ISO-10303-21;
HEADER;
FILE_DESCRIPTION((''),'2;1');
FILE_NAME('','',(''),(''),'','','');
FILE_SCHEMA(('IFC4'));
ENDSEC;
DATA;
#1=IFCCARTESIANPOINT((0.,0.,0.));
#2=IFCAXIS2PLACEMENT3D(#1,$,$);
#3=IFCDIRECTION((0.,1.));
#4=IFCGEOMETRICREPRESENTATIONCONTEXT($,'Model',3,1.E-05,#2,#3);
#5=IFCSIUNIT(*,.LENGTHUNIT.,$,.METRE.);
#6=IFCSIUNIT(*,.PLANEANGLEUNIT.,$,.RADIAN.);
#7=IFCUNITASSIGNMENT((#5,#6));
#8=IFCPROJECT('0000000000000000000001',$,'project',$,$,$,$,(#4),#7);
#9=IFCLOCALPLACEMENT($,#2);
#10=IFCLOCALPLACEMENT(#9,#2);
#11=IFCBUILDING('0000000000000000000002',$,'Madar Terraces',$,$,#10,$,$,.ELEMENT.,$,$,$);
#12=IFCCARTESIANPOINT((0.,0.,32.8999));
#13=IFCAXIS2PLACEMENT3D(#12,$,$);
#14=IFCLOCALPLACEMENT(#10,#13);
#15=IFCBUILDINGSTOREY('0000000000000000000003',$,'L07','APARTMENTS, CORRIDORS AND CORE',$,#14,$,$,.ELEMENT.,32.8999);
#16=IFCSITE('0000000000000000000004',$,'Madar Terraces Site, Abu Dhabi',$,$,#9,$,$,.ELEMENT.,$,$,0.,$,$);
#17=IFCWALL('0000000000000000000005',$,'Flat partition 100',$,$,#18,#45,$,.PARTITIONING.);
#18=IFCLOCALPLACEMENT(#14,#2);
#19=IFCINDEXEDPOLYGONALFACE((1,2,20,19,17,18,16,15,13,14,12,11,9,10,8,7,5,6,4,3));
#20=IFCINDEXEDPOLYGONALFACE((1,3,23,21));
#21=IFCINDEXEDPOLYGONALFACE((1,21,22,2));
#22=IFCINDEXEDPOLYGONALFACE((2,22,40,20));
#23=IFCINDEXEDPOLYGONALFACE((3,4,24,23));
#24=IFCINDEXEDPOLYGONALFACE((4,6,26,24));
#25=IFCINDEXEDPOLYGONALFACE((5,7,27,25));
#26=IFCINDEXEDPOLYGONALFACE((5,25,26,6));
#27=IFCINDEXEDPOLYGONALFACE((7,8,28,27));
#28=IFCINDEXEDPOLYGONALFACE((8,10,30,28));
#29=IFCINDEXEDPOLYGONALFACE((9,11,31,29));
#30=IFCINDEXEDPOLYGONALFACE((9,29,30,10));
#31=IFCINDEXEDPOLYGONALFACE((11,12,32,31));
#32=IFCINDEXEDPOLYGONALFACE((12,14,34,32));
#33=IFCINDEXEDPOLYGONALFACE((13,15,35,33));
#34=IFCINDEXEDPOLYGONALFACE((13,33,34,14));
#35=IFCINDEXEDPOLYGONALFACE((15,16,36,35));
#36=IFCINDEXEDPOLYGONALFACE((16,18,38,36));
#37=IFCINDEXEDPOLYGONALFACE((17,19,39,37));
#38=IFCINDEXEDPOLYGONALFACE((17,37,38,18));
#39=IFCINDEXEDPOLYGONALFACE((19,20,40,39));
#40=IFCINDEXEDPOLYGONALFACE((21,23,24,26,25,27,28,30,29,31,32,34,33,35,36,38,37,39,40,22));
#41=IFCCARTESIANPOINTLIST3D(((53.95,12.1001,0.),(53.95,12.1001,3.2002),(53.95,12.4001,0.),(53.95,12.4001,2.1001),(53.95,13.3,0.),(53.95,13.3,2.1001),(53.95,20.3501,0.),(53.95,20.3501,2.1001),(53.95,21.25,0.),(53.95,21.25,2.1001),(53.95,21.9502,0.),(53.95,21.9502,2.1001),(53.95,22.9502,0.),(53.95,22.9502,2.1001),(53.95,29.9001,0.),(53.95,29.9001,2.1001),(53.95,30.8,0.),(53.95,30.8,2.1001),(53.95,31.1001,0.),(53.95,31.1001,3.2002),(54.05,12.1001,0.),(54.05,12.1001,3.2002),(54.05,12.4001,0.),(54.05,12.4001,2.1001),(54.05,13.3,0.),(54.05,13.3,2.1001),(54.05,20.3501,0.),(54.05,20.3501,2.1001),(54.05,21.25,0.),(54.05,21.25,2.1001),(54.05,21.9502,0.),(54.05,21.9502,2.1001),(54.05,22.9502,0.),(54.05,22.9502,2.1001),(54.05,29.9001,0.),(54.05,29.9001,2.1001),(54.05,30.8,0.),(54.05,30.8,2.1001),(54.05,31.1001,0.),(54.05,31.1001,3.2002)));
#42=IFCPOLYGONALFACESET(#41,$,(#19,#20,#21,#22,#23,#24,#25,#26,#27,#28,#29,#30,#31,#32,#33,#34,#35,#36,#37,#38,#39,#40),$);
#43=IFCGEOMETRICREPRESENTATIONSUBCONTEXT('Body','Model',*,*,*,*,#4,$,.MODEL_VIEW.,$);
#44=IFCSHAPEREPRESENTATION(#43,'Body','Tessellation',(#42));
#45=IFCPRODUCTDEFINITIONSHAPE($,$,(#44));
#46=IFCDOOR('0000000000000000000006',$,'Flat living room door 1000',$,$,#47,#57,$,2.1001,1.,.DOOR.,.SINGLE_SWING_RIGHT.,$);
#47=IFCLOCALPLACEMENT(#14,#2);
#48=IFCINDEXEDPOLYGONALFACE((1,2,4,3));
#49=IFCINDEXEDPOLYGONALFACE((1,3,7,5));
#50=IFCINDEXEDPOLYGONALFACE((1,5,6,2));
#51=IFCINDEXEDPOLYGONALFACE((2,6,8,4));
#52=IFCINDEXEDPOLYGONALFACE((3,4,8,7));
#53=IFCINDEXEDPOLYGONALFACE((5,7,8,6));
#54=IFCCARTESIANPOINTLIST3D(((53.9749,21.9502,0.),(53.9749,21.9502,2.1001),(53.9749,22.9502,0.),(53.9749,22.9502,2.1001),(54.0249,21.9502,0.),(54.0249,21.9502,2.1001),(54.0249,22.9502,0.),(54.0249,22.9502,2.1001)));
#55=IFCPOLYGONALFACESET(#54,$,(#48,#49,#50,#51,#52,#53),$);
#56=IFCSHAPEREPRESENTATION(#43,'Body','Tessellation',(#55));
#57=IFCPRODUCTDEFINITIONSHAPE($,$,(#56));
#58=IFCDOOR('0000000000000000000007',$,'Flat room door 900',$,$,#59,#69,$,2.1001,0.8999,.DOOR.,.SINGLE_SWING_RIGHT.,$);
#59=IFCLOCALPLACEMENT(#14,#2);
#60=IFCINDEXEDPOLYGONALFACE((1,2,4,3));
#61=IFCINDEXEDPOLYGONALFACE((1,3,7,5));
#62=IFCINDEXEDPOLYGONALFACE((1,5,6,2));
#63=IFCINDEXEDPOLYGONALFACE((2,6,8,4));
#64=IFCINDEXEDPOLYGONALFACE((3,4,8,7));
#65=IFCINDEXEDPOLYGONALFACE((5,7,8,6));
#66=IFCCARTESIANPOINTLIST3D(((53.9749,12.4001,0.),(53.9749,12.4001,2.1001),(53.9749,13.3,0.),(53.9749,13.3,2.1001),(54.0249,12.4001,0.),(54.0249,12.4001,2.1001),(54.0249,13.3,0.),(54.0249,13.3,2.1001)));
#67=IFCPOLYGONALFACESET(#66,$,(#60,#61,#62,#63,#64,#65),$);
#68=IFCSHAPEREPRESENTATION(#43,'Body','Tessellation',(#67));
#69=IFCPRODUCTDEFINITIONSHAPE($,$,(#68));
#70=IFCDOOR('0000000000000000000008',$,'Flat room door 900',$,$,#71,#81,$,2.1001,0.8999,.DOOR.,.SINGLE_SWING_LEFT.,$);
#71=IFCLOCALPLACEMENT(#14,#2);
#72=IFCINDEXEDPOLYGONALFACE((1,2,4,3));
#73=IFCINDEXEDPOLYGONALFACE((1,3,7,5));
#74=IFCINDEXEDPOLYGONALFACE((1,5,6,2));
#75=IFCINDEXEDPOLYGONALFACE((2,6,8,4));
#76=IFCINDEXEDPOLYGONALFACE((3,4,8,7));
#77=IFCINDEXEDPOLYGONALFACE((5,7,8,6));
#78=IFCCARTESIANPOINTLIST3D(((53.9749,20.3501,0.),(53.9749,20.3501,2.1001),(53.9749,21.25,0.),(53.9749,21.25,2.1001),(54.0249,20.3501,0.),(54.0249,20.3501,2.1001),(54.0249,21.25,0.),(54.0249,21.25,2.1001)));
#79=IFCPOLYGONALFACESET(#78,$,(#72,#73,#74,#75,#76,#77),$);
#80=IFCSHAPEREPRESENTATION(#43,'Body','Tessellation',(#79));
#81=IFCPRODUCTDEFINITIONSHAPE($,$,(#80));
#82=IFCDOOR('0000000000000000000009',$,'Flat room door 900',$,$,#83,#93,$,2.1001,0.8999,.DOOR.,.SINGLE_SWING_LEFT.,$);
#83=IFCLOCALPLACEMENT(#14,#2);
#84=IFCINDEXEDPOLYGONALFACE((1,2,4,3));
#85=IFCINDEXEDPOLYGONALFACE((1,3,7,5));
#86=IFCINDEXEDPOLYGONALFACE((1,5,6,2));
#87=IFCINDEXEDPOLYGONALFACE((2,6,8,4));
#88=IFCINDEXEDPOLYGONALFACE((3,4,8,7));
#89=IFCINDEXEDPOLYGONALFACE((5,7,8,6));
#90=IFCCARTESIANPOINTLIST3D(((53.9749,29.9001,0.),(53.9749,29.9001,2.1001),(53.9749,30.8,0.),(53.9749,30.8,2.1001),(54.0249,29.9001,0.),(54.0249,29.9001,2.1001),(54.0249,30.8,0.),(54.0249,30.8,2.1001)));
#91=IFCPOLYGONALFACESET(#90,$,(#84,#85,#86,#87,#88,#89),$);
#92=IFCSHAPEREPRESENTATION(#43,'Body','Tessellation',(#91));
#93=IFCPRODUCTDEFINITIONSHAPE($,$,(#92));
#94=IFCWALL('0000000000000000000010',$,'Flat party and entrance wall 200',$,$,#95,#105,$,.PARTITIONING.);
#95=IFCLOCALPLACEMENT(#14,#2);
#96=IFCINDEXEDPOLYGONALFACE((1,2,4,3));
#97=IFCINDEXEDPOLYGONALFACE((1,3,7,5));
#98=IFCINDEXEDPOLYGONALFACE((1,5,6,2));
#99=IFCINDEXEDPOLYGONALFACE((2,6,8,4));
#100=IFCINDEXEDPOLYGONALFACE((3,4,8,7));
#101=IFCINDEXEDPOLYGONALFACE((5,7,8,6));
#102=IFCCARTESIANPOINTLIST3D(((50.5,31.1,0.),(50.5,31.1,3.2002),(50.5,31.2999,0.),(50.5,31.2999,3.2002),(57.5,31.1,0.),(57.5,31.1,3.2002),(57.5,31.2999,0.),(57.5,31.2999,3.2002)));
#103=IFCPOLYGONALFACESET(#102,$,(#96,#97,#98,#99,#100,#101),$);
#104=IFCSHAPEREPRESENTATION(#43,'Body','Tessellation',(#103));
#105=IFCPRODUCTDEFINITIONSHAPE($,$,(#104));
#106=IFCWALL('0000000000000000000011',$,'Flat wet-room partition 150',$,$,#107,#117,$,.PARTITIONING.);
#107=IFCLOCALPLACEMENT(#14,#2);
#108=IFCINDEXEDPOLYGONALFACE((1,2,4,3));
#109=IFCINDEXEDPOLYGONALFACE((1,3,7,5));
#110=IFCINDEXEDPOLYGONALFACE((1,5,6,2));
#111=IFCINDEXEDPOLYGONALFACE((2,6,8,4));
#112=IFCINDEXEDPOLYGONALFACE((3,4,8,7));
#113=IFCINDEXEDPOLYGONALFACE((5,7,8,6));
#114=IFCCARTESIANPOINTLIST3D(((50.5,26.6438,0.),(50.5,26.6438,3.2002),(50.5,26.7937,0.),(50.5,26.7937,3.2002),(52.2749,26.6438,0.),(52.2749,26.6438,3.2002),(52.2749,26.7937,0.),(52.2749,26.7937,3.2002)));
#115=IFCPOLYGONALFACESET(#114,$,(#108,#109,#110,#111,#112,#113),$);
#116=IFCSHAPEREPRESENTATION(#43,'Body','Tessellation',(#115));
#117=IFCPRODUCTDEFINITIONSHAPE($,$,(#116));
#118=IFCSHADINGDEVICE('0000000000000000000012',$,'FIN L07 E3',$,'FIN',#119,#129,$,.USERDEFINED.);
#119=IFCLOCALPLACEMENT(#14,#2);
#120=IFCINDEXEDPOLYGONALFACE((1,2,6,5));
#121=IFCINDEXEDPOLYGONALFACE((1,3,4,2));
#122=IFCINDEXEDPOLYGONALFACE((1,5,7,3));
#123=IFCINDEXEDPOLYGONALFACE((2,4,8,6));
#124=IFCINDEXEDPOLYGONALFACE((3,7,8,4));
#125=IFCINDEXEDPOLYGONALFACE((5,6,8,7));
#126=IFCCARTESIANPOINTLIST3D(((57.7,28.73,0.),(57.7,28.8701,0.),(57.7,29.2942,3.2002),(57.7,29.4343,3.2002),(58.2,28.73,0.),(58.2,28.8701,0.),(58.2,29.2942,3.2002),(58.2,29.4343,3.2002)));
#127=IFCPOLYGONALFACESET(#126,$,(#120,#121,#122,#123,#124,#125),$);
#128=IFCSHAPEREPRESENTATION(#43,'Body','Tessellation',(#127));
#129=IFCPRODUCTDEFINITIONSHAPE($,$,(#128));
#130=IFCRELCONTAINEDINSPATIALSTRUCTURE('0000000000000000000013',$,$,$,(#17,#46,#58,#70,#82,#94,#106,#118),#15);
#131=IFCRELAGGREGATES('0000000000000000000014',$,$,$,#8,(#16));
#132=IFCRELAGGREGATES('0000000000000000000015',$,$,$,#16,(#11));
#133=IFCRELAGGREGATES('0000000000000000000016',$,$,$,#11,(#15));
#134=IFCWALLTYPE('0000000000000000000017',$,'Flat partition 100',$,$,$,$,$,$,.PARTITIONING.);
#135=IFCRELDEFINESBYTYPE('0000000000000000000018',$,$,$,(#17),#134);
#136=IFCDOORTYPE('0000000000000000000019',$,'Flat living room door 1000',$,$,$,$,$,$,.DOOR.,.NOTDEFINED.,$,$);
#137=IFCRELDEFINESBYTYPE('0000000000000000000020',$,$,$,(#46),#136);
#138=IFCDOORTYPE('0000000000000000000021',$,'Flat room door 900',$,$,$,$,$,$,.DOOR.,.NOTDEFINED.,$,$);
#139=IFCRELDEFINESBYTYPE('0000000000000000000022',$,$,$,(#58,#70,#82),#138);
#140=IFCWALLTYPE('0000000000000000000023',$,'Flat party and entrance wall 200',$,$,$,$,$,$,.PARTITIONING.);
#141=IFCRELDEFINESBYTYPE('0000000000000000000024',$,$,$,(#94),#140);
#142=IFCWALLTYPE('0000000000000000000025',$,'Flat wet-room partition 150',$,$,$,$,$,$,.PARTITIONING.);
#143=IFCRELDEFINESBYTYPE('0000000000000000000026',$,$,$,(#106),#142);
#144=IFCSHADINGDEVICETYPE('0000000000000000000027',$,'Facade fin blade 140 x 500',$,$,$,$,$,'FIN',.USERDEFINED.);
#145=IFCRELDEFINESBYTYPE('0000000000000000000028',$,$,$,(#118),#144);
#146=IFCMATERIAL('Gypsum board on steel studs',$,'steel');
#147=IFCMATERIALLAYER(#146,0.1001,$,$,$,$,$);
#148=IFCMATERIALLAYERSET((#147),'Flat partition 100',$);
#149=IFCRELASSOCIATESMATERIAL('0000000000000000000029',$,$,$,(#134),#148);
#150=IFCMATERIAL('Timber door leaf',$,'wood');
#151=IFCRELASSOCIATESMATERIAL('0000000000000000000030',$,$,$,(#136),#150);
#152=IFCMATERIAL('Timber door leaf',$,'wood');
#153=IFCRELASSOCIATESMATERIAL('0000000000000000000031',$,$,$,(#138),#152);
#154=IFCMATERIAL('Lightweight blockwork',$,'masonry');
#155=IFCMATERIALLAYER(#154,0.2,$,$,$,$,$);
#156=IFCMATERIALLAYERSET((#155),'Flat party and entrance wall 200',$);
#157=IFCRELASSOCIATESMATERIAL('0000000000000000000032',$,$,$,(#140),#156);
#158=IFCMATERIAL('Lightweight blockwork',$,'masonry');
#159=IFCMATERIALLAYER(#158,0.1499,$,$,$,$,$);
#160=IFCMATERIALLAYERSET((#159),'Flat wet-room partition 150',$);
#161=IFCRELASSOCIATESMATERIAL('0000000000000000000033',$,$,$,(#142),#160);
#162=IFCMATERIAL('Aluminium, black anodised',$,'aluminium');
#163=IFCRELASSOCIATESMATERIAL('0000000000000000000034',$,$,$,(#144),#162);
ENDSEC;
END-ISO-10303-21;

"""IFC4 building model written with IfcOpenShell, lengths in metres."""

from ifc_helpers import new_model, si_unit, direction, frame, frame_2d, origin, place, context, subcontext, project, spatial, polyline, rectangle, outline, extrude, material, layer, layer_set, type_object, element, fill, save


model = new_model("IFC4")

# Units and contexts
model_context = context("Model", 3, precision=1e-05, world=origin(), true_north=direction((0.0, 1.0)))
body_context = subcontext(model_context, "Body", "Model", "MODEL_VIEW")
ifc_project = project(units=[si_unit("LENGTHUNIT", "METRE"), si_unit("PLANEANGLEUNIT", "RADIAN")], contexts=[model_context])

# Site, building, storey
site_placement = place(None, origin())
site = spatial("IfcSite", under=ifc_project, at=site_placement, Name="Madar Terraces Site, Abu Dhabi", CompositionType="ELEMENT", RefElevation=0.0)
building_placement = place(site_placement, origin())
building = spatial("IfcBuilding", under=site, at=building_placement, Name="Madar Terraces", CompositionType="ELEMENT")
storey_placement = place(building_placement, frame((0.0, 0.0, 32.8999)))
storey = spatial("IfcBuildingStorey", under=building, at=storey_placement, Name="L07", Description="APARTMENTS, CORRIDORS AND CORE", CompositionType="ELEMENT", Elevation=32.8999)

# Shared definitions
ifc_material_1 = material(Name="Gypsum board on steel studs", Category="steel")
ifc_layer_1 = layer(ifc_material_1, 0.1001)
ifc_layer_set_1 = layer_set([ifc_layer_1], Name="Flat partition 100")
wall_type_1 = type_object("IfcWallType", Name="Flat partition 100", PredefinedType="PARTITIONING", material=ifc_layer_set_1)

# Wall, openings, doors
wall_1_placement = place(storey_placement, frame((54.0, 31.1001, 0.0), z_axis=(0.0, 0.0, 1.0), x_axis=(0.0, -1.0, 0.0)))
wall_1 = element("IfcWall", 1, at=wall_1_placement, inside=storey, type_object=wall_type_1, Name="Flat partition 100", PredefinedType="PARTITIONING", context=body_context, shape_type="SweptSolid", body=[
    extrude(rectangle(XDim=19.0, YDim=0.1001, at=frame_2d((9.5, 0.0))), origin(), (0.0, 0.0, 1.0), 3.2002),
])
opening_1_placement = place(wall_1_placement, frame((17.8, 0.0, 0.0)))
opening_1 = element("IfcOpeningElement", 2, at=opening_1_placement, cuts=wall_1, PredefinedType="OPENING", context=body_context, shape_type="SweptSolid", body=[
    extrude(rectangle(XDim=0.8999, YDim=2.1001, at=frame_2d((0.45, 1.05))), frame((0.0, 0.0601, 0.0), z_axis=(0.0, -1.0, 0.0), x_axis=(1.0, 0.0, 0.0)), (0.0, 0.0, 1.0), 0.1201),
])
opening_2_placement = place(wall_1_placement, frame((9.8501, 0.0, 0.0)))
opening_2 = element("IfcOpeningElement", 3, at=opening_2_placement, cuts=wall_1, PredefinedType="OPENING", context=body_context, shape_type="SweptSolid", body=[
    extrude(rectangle(XDim=0.8999, YDim=2.1001, at=frame_2d((0.45, 1.05))), frame((0.0, 0.0601, 0.0), z_axis=(0.0, -1.0, 0.0), x_axis=(1.0, 0.0, 0.0)), (0.0, 0.0, 1.0), 0.1201),
])
opening_3_placement = place(wall_1_placement, frame((8.1499, 0.0, 0.0)))
opening_3 = element("IfcOpeningElement", 4, at=opening_3_placement, cuts=wall_1, PredefinedType="OPENING", context=body_context, shape_type="SweptSolid", body=[
    extrude(rectangle(XDim=1.0, YDim=2.1001, at=frame_2d((0.5, 1.05))), frame((0.0, 0.0601, 0.0), z_axis=(0.0, -1.0, 0.0), x_axis=(1.0, 0.0, 0.0)), (0.0, 0.0, 1.0), 0.1201),
])
opening_4_placement = place(wall_1_placement, frame((0.3, 0.0, 0.0)))
opening_4 = element("IfcOpeningElement", 5, at=opening_4_placement, cuts=wall_1, PredefinedType="OPENING", context=body_context, shape_type="SweptSolid", body=[
    extrude(rectangle(XDim=0.8999, YDim=2.1001, at=frame_2d((0.45, 1.05))), frame((0.0, 0.0601, 0.0), z_axis=(0.0, -1.0, 0.0), x_axis=(1.0, 0.0, 0.0)), (0.0, 0.0, 1.0), 0.1201),
])
ifc_material_2 = material(Name="Timber door leaf", Category="wood")
door_type_1 = type_object("IfcDoorType", Name="Flat living room door 1000", OperationType="NOTDEFINED", PredefinedType="DOOR", material=ifc_material_2)
door_1_placement = place(opening_3_placement, origin())
door_1 = element("IfcDoor", 6, at=door_1_placement, inside=storey, type_object=door_type_1, Name="Flat living room door 1000", OperationType="SINGLE_SWING_RIGHT", OverallHeight=2.1001, OverallWidth=1.0, PredefinedType="DOOR", context=body_context, shape_type="SweptSolid", body=[
    extrude(rectangle(XDim=1.0, YDim=2.1001, at=frame_2d((0.5, 1.05))), frame((0.0, 0.0249, 0.0), z_axis=(0.0, -1.0, 0.0), x_axis=(1.0, 0.0, 0.0)), (0.0, 0.0, 1.0), 0.05),
])
fill(opening_3, door_1)
ifc_material_3 = material(Name="Timber door leaf", Category="wood")
door_type_2 = type_object("IfcDoorType", Name="Flat room door 900", OperationType="NOTDEFINED", PredefinedType="DOOR", material=ifc_material_3)
door_2_placement = place(opening_1_placement, origin())
door_2 = element("IfcDoor", 7, at=door_2_placement, inside=storey, type_object=door_type_2, Name="Flat room door 900", OperationType="SINGLE_SWING_RIGHT", OverallHeight=2.1001, OverallWidth=0.8999, PredefinedType="DOOR", context=body_context, shape_type="SweptSolid", body=[
    extrude(rectangle(XDim=0.8999, YDim=2.1001, at=frame_2d((0.45, 1.05))), frame((0.0, 0.0249, 0.0), z_axis=(0.0, -1.0, 0.0), x_axis=(1.0, 0.0, 0.0)), (0.0, 0.0, 1.0), 0.05),
])
fill(opening_1, door_2)
door_3_placement = place(opening_2_placement, origin())
door_3 = element("IfcDoor", 8, at=door_3_placement, inside=storey, type_object=door_type_2, Name="Flat room door 900", OperationType="SINGLE_SWING_LEFT", OverallHeight=2.1001, OverallWidth=0.8999, PredefinedType="DOOR", context=body_context, shape_type="SweptSolid", body=[
    extrude(rectangle(XDim=0.8999, YDim=2.1001, at=frame_2d((0.45, 1.05))), frame((0.0, 0.0249, 0.0), z_axis=(0.0, -1.0, 0.0), x_axis=(1.0, 0.0, 0.0)), (0.0, 0.0, 1.0), 0.05),
])
fill(opening_2, door_3)
door_4_placement = place(opening_4_placement, origin())
door_4 = element("IfcDoor", 9, at=door_4_placement, inside=storey, type_object=door_type_2, Name="Flat room door 900", OperationType="SINGLE_SWING_LEFT", OverallHeight=2.1001, OverallWidth=0.8999, PredefinedType="DOOR", context=body_context, shape_type="SweptSolid", body=[
    extrude(rectangle(XDim=0.8999, YDim=2.1001, at=frame_2d((0.45, 1.05))), frame((0.0, 0.0249, 0.0), z_axis=(0.0, -1.0, 0.0), x_axis=(1.0, 0.0, 0.0)), (0.0, 0.0, 1.0), 0.05),
])
fill(opening_4, door_4)

# Walls
ifc_material_4 = material(Name="Lightweight blockwork", Category="masonry")
ifc_layer_2 = layer(ifc_material_4, 0.2)
ifc_layer_set_2 = layer_set([ifc_layer_2], Name="Flat party and entrance wall 200")
wall_type_2 = type_object("IfcWallType", Name="Flat party and entrance wall 200", PredefinedType="PARTITIONING", material=ifc_layer_set_2)
wall_2_placement = place(storey_placement, frame((50.5, 31.2, 0.0), z_axis=(0.0, 0.0, 1.0), x_axis=(1.0, 0.0, 0.0)))
element("IfcWall", 10, at=wall_2_placement, inside=storey, type_object=wall_type_2, Name="Flat party and entrance wall 200", PredefinedType="PARTITIONING", context=body_context, shape_type="SweptSolid", body=[
    extrude(rectangle(XDim=7.0, YDim=0.2, at=frame_2d((3.5, 0.0))), origin(), (0.0, 0.0, 1.0), 3.2002),
])
ifc_material_5 = material(Name="Lightweight blockwork", Category="masonry")
ifc_layer_3 = layer(ifc_material_5, 0.1499)
ifc_layer_set_3 = layer_set([ifc_layer_3], Name="Flat wet-room partition 150")
wall_type_3 = type_object("IfcWallType", Name="Flat wet-room partition 150", PredefinedType="PARTITIONING", material=ifc_layer_set_3)
wall_3_placement = place(storey_placement, frame((50.5, 26.7188, 0.0), z_axis=(0.0, 0.0, 1.0), x_axis=(1.0, 0.0, 0.0)))
element("IfcWall", 11, at=wall_3_placement, inside=storey, type_object=wall_type_3, Name="Flat wet-room partition 150", PredefinedType="PARTITIONING", context=body_context, shape_type="SweptSolid", body=[
    extrude(rectangle(XDim=1.7749, YDim=0.1499, at=frame_2d((0.8875, 0.0))), origin(), (0.0, 0.0, 1.0), 3.2002),
])

# Shading device
ifc_material_6 = material(Name="Aluminium, black anodised", Category="aluminium")
shading_device_type = type_object("IfcShadingDeviceType", Name="Facade fin blade 140 x 500", ElementType="FIN", PredefinedType="USERDEFINED", material=ifc_material_6)
shading_device_placement = place(storey_placement, frame((57.95, 28.73, 0.0), z_axis=(0.0, 0.0, 1.0), x_axis=(0.0, 1.0, 0.0)))
element("IfcShadingDevice", 12, at=shading_device_placement, inside=storey, type_object=shading_device_type, Name="FIN L07 E3", ObjectType="FIN", PredefinedType="USERDEFINED", context=body_context, shape_type="SweptSolid", body=[
    extrude(outline(polyline([(0.0, 0.0), (0.1401, 0.0), (0.7043, 3.2002), (0.5642, 3.2002), (0.0, 0.0)])), frame((0.0, 0.25, 0.0), z_axis=(0.0, -1.0, 0.0), x_axis=(1.0, 0.0, 0.0)), (0.0, 0.0, 1.0), 0.5),
])

save(model, "model.ifc")
